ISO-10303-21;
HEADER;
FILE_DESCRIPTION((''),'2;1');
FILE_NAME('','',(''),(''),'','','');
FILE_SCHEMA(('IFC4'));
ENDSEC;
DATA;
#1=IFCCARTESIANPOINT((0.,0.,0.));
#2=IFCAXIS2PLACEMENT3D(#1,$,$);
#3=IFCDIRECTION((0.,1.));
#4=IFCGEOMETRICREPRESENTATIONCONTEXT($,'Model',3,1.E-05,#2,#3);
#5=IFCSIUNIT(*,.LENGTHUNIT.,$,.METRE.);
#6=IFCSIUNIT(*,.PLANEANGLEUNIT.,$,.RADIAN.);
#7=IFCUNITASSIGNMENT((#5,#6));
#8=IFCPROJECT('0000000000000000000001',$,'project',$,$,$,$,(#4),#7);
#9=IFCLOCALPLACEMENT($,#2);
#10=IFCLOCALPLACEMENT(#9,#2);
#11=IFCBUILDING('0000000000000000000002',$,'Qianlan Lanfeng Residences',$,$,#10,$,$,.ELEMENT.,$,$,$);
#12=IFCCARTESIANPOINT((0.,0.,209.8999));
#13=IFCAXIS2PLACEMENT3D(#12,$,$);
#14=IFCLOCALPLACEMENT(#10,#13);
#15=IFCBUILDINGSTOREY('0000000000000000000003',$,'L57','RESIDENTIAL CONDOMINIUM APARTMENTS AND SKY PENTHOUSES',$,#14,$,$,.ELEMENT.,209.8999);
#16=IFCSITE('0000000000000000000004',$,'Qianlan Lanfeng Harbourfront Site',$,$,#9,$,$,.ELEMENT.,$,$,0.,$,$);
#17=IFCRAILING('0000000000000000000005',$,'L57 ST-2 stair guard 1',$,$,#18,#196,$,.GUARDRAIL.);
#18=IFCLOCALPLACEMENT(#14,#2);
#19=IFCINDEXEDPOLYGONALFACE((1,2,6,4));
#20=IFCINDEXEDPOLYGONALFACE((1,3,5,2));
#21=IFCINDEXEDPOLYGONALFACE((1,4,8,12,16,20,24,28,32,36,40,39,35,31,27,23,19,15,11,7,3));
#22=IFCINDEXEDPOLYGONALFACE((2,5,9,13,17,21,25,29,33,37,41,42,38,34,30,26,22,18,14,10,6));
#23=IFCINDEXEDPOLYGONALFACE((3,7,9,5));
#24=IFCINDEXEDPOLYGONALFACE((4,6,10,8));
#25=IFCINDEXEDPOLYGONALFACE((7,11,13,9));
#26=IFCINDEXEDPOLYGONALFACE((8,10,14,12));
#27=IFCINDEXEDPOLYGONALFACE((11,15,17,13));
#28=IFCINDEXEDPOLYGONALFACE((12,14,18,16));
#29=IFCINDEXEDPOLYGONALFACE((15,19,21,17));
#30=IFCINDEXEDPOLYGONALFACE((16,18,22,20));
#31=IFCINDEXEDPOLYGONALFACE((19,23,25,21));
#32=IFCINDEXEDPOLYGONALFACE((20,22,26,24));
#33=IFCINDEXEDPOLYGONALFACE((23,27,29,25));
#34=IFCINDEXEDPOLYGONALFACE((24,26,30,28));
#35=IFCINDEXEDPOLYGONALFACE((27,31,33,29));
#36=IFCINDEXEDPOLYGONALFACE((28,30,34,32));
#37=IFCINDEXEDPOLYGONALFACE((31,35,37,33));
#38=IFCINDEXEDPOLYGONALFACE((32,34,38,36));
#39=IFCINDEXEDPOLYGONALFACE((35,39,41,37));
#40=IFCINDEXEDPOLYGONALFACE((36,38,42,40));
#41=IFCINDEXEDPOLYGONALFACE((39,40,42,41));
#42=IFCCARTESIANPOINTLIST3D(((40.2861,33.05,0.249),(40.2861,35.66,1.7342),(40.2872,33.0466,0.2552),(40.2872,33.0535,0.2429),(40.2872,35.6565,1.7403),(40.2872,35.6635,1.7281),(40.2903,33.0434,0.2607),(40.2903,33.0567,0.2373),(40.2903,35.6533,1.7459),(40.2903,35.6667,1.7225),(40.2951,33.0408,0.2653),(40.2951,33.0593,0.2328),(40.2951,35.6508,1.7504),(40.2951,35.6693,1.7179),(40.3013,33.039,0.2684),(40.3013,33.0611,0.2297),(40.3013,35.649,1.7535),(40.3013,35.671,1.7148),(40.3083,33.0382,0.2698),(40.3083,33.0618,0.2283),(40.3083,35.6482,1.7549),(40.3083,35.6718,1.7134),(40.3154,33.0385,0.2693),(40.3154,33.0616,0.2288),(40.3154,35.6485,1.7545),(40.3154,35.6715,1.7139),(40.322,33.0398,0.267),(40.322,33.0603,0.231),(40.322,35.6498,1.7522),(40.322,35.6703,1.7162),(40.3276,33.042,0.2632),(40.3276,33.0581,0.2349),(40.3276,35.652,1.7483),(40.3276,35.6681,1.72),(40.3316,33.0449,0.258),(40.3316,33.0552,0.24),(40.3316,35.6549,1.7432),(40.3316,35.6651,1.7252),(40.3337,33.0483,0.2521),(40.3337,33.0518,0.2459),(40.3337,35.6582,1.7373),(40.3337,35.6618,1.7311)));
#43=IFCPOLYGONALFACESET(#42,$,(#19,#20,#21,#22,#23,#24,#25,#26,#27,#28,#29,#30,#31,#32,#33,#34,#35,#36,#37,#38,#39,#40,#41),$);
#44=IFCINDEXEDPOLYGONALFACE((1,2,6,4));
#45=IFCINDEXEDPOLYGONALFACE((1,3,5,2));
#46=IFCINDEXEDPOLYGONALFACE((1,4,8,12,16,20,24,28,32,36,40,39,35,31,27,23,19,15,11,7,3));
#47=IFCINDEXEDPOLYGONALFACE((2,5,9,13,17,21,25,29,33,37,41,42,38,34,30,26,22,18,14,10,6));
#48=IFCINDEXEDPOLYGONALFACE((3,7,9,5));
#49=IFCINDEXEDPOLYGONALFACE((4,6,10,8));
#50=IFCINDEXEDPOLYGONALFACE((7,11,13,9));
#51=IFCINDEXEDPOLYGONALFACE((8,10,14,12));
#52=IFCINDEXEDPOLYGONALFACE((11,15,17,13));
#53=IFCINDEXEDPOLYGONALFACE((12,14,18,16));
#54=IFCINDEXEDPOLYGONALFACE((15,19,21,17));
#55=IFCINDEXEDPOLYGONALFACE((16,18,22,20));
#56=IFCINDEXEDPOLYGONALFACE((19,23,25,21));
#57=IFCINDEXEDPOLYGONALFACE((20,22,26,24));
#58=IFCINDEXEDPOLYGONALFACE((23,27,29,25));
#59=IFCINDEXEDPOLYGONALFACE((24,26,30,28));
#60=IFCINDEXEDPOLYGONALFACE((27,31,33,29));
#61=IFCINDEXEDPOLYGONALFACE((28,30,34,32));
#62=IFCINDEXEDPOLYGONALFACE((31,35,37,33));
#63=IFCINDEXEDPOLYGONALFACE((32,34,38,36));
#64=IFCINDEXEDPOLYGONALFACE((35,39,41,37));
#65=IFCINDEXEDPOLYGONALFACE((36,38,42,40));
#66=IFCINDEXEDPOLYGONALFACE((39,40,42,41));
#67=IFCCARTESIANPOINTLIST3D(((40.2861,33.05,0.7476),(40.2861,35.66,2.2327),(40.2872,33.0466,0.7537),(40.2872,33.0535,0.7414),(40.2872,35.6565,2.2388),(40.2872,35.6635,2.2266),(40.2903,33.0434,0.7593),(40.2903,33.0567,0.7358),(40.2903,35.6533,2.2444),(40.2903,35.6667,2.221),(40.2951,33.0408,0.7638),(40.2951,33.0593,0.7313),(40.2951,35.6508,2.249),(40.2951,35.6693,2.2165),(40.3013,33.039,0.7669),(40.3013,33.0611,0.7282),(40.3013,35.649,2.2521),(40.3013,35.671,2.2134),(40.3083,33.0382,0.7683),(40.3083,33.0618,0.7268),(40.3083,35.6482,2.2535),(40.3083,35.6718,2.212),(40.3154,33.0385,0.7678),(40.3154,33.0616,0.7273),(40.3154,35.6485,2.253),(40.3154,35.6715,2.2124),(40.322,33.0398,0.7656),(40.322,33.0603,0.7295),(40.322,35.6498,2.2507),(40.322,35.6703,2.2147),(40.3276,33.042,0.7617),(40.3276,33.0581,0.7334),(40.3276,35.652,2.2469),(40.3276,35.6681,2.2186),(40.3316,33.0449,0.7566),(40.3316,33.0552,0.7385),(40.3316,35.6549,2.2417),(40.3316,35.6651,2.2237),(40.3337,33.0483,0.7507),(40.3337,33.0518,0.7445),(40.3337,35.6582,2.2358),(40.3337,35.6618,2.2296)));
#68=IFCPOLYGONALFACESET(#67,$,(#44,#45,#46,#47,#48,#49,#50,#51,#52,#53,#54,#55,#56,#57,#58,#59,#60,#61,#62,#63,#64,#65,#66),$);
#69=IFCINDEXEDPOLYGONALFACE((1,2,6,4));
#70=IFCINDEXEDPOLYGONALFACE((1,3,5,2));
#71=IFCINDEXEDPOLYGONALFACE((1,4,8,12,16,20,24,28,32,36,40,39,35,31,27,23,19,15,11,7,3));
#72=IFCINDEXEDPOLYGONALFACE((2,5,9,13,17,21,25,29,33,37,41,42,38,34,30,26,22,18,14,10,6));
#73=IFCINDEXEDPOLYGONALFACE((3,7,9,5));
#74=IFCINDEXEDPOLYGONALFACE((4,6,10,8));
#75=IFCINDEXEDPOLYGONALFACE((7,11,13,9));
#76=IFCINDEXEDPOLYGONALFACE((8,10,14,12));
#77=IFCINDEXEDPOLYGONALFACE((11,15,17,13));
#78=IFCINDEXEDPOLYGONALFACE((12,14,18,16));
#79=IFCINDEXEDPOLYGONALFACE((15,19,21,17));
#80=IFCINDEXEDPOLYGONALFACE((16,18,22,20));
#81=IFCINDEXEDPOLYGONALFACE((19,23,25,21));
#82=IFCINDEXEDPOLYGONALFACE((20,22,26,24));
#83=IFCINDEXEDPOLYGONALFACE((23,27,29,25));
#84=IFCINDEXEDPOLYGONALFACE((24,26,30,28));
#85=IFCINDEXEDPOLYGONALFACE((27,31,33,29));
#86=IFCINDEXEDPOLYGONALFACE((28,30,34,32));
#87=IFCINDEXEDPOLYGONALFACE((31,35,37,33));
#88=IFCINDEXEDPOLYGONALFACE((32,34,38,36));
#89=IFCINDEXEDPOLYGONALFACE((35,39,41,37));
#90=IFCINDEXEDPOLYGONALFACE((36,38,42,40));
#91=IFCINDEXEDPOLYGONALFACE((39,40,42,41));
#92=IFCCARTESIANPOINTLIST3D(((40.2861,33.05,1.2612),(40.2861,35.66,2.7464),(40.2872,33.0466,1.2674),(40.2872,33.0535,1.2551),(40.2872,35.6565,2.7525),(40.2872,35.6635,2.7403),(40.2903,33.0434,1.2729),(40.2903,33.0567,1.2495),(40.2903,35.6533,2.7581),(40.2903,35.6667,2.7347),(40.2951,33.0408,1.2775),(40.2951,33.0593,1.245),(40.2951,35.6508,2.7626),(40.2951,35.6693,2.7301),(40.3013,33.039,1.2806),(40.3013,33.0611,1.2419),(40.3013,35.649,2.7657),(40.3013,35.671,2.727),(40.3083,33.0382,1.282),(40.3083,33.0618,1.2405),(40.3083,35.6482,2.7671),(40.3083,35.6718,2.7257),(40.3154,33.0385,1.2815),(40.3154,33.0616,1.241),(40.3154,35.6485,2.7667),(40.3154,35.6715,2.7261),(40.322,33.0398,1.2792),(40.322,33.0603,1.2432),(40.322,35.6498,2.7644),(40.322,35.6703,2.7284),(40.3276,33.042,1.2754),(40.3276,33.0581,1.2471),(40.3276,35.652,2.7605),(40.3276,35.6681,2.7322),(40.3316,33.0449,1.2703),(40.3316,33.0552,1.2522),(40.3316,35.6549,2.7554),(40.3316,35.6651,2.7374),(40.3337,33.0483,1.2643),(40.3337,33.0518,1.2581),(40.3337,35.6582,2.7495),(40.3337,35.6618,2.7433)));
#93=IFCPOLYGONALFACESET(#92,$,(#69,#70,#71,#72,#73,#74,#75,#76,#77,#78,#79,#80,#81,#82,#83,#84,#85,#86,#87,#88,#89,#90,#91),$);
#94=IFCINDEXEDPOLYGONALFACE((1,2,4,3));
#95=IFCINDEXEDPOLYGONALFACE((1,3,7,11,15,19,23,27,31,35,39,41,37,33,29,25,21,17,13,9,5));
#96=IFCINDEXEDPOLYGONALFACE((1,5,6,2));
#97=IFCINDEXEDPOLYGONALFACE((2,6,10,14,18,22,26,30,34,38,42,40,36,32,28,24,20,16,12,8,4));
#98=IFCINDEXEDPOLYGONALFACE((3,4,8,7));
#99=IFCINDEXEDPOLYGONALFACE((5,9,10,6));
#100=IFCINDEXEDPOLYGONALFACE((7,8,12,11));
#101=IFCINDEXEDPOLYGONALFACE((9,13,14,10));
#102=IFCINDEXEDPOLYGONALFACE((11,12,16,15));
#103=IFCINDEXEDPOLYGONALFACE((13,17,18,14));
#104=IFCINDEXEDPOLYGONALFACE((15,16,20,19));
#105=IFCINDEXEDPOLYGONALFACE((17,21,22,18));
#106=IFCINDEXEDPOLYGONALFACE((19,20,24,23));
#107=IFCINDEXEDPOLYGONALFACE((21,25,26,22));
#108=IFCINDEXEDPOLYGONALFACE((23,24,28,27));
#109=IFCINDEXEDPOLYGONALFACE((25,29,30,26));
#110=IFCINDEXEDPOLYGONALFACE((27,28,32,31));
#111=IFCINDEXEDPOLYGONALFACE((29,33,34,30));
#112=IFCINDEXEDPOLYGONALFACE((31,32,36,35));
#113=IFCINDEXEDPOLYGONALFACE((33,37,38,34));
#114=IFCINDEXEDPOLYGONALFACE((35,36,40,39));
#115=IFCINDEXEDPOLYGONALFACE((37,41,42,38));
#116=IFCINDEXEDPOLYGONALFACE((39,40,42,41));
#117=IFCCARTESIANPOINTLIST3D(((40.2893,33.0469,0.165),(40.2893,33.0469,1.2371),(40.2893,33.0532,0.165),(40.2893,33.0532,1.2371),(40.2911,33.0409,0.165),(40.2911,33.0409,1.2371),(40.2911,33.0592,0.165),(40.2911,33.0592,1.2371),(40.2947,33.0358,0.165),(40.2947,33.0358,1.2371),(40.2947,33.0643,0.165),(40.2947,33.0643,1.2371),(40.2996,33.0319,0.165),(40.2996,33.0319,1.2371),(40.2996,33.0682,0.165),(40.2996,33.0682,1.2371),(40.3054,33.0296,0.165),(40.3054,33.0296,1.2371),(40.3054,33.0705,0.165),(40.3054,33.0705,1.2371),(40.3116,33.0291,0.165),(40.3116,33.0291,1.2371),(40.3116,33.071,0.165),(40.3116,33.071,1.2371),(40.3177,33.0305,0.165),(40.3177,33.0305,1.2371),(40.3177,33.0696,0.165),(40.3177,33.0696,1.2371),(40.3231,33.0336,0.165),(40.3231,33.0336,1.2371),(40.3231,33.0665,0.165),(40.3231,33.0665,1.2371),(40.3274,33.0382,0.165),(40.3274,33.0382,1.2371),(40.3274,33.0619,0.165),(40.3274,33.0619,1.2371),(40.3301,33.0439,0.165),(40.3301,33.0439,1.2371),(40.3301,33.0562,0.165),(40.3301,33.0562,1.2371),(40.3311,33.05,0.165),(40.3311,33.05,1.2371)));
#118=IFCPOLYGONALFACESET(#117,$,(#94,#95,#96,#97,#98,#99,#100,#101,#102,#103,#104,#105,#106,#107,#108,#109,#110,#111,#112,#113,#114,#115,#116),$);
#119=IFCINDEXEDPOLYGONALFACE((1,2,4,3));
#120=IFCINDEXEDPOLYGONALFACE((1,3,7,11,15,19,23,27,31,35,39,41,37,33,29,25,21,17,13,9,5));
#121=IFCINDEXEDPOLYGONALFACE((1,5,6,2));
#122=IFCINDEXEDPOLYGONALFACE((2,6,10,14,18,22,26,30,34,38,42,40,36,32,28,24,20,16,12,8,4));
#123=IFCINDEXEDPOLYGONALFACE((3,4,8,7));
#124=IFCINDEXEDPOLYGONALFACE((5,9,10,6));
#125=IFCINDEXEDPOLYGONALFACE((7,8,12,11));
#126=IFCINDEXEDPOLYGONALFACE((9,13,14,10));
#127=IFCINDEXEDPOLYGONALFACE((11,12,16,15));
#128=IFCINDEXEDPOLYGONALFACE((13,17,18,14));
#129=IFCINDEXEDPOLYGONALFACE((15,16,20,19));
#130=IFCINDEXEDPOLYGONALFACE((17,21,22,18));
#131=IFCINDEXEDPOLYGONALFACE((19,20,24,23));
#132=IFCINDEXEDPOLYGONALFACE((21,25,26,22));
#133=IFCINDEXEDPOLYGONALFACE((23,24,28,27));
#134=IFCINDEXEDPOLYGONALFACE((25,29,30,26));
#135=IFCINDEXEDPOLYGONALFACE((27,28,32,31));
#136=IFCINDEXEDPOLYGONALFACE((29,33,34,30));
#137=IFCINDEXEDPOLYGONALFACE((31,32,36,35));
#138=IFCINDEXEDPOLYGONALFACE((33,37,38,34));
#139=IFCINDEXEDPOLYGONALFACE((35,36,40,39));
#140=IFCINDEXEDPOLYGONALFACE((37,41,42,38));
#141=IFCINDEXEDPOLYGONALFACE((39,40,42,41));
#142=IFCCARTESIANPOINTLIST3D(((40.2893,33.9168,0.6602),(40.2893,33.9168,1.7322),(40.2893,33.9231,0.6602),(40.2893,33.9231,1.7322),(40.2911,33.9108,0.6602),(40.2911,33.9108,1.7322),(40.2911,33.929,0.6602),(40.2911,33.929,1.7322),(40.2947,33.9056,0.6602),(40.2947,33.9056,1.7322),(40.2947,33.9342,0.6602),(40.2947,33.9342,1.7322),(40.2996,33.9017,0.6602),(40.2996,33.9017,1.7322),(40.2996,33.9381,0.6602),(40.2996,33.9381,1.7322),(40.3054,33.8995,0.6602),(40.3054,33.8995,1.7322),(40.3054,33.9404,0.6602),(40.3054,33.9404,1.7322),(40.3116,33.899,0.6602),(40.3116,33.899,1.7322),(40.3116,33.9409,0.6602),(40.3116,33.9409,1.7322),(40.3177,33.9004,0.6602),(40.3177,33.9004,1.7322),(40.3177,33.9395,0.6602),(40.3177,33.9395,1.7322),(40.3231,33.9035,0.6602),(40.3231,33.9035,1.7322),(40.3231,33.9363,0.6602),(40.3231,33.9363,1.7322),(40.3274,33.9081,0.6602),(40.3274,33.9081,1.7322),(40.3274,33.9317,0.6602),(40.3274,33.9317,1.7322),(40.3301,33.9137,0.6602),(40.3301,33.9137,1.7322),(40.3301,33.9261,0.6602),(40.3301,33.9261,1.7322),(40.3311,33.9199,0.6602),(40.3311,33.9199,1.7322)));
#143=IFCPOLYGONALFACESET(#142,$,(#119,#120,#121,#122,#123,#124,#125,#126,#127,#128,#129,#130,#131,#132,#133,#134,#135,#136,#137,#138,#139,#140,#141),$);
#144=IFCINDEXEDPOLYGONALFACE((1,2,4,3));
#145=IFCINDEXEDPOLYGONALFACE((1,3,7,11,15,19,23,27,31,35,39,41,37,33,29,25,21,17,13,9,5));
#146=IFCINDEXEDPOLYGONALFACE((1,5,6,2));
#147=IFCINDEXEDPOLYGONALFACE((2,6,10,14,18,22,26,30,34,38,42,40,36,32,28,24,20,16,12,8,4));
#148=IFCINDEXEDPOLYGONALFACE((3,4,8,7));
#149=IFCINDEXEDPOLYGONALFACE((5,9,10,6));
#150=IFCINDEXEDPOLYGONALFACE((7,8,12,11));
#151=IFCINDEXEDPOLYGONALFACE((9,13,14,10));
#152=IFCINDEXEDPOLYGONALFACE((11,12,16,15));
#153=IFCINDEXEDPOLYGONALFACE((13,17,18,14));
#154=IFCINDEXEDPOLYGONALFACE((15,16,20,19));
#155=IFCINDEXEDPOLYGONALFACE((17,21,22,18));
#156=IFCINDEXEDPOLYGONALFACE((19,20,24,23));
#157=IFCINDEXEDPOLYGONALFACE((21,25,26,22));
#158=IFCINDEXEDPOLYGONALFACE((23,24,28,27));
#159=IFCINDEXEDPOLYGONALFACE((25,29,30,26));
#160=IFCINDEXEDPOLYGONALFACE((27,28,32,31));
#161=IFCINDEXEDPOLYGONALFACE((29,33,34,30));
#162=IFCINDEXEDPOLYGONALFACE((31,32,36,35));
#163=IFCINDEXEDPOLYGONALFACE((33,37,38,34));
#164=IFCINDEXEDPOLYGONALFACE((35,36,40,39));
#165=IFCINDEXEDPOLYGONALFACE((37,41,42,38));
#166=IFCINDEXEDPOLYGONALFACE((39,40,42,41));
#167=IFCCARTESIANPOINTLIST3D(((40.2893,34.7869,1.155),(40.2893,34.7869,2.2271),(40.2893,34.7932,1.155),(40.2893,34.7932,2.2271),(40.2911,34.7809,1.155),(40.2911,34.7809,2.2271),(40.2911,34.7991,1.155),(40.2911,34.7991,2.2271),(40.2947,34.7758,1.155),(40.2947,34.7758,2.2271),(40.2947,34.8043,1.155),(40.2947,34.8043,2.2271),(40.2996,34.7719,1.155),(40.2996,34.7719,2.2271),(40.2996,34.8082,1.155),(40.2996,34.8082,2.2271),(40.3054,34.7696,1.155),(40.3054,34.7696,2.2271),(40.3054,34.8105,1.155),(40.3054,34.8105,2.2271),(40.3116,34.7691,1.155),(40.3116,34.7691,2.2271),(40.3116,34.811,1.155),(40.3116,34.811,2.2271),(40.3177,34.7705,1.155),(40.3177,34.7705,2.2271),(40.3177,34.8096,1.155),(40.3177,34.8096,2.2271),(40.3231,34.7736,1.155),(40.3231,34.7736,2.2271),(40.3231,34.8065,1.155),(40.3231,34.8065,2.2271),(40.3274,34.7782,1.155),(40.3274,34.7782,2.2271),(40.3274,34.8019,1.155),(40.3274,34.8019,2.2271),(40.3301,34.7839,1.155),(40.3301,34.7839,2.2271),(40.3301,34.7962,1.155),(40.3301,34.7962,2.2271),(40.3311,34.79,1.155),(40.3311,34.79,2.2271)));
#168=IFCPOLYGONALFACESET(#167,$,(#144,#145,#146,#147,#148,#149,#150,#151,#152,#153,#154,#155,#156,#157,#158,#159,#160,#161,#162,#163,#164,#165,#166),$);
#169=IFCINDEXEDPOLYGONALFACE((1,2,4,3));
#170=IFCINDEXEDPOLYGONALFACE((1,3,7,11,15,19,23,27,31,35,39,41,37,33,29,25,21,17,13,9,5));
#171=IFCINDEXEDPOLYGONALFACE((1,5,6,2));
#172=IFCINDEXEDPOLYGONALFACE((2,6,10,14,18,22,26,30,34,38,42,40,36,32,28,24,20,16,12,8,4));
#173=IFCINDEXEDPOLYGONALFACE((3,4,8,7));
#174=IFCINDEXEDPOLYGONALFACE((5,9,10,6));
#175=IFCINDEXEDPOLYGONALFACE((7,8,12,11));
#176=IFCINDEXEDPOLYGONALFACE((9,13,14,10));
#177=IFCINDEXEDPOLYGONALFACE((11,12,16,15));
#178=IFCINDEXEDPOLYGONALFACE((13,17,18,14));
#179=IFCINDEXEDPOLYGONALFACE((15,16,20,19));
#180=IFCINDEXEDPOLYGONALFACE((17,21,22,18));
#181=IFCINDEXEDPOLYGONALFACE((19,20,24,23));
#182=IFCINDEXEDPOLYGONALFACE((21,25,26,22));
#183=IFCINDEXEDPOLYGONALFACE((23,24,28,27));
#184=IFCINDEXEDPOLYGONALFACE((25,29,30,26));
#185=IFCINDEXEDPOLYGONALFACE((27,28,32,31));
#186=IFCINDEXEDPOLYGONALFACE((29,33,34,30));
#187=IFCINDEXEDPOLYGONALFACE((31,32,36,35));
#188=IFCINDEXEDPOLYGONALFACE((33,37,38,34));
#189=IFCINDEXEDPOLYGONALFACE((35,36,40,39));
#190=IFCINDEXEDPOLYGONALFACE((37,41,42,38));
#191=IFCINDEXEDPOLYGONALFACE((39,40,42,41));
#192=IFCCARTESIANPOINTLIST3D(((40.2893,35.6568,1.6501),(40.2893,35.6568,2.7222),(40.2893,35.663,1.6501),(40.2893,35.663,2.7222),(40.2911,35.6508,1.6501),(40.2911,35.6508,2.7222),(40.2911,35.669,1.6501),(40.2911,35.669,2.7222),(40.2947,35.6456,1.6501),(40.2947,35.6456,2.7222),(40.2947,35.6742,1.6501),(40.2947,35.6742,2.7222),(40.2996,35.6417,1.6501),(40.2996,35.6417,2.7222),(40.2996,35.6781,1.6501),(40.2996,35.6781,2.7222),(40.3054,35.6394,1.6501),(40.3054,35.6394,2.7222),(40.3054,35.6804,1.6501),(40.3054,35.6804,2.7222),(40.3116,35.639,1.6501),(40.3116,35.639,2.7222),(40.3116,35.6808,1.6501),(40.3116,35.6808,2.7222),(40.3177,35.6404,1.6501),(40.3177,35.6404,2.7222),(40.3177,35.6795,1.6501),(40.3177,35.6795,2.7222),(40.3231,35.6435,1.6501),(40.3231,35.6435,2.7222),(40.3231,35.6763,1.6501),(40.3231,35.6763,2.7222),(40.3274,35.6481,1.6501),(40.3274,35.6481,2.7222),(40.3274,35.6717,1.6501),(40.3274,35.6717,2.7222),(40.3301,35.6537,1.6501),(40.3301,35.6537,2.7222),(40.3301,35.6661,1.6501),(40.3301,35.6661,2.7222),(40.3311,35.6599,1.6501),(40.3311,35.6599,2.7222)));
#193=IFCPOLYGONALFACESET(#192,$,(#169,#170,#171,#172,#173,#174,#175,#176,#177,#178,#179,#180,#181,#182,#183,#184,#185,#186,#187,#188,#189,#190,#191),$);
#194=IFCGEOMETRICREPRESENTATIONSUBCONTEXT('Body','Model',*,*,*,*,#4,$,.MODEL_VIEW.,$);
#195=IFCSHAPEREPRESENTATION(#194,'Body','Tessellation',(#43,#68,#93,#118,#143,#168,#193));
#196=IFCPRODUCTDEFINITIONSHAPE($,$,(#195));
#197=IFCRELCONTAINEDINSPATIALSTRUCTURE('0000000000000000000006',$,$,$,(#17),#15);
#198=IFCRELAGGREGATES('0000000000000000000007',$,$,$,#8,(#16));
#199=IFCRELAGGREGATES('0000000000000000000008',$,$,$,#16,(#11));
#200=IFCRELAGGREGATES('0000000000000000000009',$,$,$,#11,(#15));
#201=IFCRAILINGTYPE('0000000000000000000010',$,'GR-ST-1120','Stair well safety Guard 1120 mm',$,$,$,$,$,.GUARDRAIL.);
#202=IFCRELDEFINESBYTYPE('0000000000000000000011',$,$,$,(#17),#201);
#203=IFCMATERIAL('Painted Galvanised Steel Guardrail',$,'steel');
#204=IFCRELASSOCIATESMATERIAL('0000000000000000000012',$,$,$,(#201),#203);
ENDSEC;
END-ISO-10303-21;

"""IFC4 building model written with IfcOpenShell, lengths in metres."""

from ifc_helpers import new_model, si_unit, direction, frame, origin, origin_2d, place, context, subcontext, project, spatial, circle, extrude, material, type_object, element, save


model = new_model("IFC4")

# Units and contexts
model_context = context("Model", 3, precision=1e-05, world=origin(), true_north=direction((0.0, 1.0)))
body_context = subcontext(model_context, "Body", "Model", "MODEL_VIEW")
ifc_project = project(units=[si_unit("LENGTHUNIT", "METRE"), si_unit("PLANEANGLEUNIT", "RADIAN")], contexts=[model_context])

# Site, building, storey
site_placement = place(None, origin())
site = spatial("IfcSite", under=ifc_project, at=site_placement, Name="Qianlan Lanfeng Harbourfront Site", CompositionType="ELEMENT", RefElevation=0.0)
building_placement = place(site_placement, origin())
building = spatial("IfcBuilding", under=site, at=building_placement, Name="Qianlan Lanfeng Residences", CompositionType="ELEMENT")
storey_placement = place(building_placement, frame((0.0, 0.0, 209.8999)))
storey = spatial("IfcBuildingStorey", under=building, at=storey_placement, Name="L57", Description="RESIDENTIAL CONDOMINIUM APARTMENTS AND SKY PENTHOUSES", CompositionType="ELEMENT", Elevation=209.8999)

# Railing
ifc_material_1 = material(Name="Painted Galvanised Steel Guardrail", Category="steel")
railing_type_1 = type_object("IfcRailingType", Name="GR-ST-1120", Description="Stair well safety Guard 1120 mm", PredefinedType="GUARDRAIL", material=ifc_material_1)
railing_1_placement = place(storey_placement, frame((40.3101, 33.05, 0.165)))
element("IfcRailing", 1, at=railing_1_placement, inside=storey, type_object=railing_type_1, Name="L57 ST-2 stair guard 1", PredefinedType="GUARDRAIL", context=body_context, shape_type="SweptSolid", body=[
    extrude(circle(Radius=0.0239, at=origin_2d()), frame((0.0, 0.0, 0.084), z_axis=(0.0, 0.869137, 0.494571), x_axis=(-1.0, 0.0, 0.0)), (0.0, 0.0, 1.0), 3.0029),
    extrude(circle(Radius=0.0239, at=origin_2d()), frame((0.0, 0.0, 0.5825), z_axis=(0.0, 0.869137, 0.494571), x_axis=(-1.0, 0.0, 0.0)), (0.0, 0.0, 1.0), 3.0029),
    extrude(circle(Radius=0.0239, at=origin_2d()), frame((0.0, 0.0, 1.0962), z_axis=(0.0, 0.869137, 0.494571), x_axis=(-1.0, 0.0, 0.0)), (0.0, 0.0, 1.0), 3.0029),
    extrude(circle(Radius=0.021, at=origin_2d()), origin(), (0.0, 0.0, 1.0), 1.072),
    extrude(circle(Radius=0.021, at=origin_2d()), frame((0.0, 0.8699, 0.4951)), (0.0, 0.0, 1.0), 1.072),
    extrude(circle(Radius=0.021, at=origin_2d()), frame((0.0, 1.74, 0.99)), (0.0, 0.0, 1.0), 1.072),
    extrude(circle(Radius=0.021, at=origin_2d()), frame((0.0, 2.6099, 1.4851)), (0.0, 0.0, 1.0), 1.072),
])

save(model, "model.ifc")
